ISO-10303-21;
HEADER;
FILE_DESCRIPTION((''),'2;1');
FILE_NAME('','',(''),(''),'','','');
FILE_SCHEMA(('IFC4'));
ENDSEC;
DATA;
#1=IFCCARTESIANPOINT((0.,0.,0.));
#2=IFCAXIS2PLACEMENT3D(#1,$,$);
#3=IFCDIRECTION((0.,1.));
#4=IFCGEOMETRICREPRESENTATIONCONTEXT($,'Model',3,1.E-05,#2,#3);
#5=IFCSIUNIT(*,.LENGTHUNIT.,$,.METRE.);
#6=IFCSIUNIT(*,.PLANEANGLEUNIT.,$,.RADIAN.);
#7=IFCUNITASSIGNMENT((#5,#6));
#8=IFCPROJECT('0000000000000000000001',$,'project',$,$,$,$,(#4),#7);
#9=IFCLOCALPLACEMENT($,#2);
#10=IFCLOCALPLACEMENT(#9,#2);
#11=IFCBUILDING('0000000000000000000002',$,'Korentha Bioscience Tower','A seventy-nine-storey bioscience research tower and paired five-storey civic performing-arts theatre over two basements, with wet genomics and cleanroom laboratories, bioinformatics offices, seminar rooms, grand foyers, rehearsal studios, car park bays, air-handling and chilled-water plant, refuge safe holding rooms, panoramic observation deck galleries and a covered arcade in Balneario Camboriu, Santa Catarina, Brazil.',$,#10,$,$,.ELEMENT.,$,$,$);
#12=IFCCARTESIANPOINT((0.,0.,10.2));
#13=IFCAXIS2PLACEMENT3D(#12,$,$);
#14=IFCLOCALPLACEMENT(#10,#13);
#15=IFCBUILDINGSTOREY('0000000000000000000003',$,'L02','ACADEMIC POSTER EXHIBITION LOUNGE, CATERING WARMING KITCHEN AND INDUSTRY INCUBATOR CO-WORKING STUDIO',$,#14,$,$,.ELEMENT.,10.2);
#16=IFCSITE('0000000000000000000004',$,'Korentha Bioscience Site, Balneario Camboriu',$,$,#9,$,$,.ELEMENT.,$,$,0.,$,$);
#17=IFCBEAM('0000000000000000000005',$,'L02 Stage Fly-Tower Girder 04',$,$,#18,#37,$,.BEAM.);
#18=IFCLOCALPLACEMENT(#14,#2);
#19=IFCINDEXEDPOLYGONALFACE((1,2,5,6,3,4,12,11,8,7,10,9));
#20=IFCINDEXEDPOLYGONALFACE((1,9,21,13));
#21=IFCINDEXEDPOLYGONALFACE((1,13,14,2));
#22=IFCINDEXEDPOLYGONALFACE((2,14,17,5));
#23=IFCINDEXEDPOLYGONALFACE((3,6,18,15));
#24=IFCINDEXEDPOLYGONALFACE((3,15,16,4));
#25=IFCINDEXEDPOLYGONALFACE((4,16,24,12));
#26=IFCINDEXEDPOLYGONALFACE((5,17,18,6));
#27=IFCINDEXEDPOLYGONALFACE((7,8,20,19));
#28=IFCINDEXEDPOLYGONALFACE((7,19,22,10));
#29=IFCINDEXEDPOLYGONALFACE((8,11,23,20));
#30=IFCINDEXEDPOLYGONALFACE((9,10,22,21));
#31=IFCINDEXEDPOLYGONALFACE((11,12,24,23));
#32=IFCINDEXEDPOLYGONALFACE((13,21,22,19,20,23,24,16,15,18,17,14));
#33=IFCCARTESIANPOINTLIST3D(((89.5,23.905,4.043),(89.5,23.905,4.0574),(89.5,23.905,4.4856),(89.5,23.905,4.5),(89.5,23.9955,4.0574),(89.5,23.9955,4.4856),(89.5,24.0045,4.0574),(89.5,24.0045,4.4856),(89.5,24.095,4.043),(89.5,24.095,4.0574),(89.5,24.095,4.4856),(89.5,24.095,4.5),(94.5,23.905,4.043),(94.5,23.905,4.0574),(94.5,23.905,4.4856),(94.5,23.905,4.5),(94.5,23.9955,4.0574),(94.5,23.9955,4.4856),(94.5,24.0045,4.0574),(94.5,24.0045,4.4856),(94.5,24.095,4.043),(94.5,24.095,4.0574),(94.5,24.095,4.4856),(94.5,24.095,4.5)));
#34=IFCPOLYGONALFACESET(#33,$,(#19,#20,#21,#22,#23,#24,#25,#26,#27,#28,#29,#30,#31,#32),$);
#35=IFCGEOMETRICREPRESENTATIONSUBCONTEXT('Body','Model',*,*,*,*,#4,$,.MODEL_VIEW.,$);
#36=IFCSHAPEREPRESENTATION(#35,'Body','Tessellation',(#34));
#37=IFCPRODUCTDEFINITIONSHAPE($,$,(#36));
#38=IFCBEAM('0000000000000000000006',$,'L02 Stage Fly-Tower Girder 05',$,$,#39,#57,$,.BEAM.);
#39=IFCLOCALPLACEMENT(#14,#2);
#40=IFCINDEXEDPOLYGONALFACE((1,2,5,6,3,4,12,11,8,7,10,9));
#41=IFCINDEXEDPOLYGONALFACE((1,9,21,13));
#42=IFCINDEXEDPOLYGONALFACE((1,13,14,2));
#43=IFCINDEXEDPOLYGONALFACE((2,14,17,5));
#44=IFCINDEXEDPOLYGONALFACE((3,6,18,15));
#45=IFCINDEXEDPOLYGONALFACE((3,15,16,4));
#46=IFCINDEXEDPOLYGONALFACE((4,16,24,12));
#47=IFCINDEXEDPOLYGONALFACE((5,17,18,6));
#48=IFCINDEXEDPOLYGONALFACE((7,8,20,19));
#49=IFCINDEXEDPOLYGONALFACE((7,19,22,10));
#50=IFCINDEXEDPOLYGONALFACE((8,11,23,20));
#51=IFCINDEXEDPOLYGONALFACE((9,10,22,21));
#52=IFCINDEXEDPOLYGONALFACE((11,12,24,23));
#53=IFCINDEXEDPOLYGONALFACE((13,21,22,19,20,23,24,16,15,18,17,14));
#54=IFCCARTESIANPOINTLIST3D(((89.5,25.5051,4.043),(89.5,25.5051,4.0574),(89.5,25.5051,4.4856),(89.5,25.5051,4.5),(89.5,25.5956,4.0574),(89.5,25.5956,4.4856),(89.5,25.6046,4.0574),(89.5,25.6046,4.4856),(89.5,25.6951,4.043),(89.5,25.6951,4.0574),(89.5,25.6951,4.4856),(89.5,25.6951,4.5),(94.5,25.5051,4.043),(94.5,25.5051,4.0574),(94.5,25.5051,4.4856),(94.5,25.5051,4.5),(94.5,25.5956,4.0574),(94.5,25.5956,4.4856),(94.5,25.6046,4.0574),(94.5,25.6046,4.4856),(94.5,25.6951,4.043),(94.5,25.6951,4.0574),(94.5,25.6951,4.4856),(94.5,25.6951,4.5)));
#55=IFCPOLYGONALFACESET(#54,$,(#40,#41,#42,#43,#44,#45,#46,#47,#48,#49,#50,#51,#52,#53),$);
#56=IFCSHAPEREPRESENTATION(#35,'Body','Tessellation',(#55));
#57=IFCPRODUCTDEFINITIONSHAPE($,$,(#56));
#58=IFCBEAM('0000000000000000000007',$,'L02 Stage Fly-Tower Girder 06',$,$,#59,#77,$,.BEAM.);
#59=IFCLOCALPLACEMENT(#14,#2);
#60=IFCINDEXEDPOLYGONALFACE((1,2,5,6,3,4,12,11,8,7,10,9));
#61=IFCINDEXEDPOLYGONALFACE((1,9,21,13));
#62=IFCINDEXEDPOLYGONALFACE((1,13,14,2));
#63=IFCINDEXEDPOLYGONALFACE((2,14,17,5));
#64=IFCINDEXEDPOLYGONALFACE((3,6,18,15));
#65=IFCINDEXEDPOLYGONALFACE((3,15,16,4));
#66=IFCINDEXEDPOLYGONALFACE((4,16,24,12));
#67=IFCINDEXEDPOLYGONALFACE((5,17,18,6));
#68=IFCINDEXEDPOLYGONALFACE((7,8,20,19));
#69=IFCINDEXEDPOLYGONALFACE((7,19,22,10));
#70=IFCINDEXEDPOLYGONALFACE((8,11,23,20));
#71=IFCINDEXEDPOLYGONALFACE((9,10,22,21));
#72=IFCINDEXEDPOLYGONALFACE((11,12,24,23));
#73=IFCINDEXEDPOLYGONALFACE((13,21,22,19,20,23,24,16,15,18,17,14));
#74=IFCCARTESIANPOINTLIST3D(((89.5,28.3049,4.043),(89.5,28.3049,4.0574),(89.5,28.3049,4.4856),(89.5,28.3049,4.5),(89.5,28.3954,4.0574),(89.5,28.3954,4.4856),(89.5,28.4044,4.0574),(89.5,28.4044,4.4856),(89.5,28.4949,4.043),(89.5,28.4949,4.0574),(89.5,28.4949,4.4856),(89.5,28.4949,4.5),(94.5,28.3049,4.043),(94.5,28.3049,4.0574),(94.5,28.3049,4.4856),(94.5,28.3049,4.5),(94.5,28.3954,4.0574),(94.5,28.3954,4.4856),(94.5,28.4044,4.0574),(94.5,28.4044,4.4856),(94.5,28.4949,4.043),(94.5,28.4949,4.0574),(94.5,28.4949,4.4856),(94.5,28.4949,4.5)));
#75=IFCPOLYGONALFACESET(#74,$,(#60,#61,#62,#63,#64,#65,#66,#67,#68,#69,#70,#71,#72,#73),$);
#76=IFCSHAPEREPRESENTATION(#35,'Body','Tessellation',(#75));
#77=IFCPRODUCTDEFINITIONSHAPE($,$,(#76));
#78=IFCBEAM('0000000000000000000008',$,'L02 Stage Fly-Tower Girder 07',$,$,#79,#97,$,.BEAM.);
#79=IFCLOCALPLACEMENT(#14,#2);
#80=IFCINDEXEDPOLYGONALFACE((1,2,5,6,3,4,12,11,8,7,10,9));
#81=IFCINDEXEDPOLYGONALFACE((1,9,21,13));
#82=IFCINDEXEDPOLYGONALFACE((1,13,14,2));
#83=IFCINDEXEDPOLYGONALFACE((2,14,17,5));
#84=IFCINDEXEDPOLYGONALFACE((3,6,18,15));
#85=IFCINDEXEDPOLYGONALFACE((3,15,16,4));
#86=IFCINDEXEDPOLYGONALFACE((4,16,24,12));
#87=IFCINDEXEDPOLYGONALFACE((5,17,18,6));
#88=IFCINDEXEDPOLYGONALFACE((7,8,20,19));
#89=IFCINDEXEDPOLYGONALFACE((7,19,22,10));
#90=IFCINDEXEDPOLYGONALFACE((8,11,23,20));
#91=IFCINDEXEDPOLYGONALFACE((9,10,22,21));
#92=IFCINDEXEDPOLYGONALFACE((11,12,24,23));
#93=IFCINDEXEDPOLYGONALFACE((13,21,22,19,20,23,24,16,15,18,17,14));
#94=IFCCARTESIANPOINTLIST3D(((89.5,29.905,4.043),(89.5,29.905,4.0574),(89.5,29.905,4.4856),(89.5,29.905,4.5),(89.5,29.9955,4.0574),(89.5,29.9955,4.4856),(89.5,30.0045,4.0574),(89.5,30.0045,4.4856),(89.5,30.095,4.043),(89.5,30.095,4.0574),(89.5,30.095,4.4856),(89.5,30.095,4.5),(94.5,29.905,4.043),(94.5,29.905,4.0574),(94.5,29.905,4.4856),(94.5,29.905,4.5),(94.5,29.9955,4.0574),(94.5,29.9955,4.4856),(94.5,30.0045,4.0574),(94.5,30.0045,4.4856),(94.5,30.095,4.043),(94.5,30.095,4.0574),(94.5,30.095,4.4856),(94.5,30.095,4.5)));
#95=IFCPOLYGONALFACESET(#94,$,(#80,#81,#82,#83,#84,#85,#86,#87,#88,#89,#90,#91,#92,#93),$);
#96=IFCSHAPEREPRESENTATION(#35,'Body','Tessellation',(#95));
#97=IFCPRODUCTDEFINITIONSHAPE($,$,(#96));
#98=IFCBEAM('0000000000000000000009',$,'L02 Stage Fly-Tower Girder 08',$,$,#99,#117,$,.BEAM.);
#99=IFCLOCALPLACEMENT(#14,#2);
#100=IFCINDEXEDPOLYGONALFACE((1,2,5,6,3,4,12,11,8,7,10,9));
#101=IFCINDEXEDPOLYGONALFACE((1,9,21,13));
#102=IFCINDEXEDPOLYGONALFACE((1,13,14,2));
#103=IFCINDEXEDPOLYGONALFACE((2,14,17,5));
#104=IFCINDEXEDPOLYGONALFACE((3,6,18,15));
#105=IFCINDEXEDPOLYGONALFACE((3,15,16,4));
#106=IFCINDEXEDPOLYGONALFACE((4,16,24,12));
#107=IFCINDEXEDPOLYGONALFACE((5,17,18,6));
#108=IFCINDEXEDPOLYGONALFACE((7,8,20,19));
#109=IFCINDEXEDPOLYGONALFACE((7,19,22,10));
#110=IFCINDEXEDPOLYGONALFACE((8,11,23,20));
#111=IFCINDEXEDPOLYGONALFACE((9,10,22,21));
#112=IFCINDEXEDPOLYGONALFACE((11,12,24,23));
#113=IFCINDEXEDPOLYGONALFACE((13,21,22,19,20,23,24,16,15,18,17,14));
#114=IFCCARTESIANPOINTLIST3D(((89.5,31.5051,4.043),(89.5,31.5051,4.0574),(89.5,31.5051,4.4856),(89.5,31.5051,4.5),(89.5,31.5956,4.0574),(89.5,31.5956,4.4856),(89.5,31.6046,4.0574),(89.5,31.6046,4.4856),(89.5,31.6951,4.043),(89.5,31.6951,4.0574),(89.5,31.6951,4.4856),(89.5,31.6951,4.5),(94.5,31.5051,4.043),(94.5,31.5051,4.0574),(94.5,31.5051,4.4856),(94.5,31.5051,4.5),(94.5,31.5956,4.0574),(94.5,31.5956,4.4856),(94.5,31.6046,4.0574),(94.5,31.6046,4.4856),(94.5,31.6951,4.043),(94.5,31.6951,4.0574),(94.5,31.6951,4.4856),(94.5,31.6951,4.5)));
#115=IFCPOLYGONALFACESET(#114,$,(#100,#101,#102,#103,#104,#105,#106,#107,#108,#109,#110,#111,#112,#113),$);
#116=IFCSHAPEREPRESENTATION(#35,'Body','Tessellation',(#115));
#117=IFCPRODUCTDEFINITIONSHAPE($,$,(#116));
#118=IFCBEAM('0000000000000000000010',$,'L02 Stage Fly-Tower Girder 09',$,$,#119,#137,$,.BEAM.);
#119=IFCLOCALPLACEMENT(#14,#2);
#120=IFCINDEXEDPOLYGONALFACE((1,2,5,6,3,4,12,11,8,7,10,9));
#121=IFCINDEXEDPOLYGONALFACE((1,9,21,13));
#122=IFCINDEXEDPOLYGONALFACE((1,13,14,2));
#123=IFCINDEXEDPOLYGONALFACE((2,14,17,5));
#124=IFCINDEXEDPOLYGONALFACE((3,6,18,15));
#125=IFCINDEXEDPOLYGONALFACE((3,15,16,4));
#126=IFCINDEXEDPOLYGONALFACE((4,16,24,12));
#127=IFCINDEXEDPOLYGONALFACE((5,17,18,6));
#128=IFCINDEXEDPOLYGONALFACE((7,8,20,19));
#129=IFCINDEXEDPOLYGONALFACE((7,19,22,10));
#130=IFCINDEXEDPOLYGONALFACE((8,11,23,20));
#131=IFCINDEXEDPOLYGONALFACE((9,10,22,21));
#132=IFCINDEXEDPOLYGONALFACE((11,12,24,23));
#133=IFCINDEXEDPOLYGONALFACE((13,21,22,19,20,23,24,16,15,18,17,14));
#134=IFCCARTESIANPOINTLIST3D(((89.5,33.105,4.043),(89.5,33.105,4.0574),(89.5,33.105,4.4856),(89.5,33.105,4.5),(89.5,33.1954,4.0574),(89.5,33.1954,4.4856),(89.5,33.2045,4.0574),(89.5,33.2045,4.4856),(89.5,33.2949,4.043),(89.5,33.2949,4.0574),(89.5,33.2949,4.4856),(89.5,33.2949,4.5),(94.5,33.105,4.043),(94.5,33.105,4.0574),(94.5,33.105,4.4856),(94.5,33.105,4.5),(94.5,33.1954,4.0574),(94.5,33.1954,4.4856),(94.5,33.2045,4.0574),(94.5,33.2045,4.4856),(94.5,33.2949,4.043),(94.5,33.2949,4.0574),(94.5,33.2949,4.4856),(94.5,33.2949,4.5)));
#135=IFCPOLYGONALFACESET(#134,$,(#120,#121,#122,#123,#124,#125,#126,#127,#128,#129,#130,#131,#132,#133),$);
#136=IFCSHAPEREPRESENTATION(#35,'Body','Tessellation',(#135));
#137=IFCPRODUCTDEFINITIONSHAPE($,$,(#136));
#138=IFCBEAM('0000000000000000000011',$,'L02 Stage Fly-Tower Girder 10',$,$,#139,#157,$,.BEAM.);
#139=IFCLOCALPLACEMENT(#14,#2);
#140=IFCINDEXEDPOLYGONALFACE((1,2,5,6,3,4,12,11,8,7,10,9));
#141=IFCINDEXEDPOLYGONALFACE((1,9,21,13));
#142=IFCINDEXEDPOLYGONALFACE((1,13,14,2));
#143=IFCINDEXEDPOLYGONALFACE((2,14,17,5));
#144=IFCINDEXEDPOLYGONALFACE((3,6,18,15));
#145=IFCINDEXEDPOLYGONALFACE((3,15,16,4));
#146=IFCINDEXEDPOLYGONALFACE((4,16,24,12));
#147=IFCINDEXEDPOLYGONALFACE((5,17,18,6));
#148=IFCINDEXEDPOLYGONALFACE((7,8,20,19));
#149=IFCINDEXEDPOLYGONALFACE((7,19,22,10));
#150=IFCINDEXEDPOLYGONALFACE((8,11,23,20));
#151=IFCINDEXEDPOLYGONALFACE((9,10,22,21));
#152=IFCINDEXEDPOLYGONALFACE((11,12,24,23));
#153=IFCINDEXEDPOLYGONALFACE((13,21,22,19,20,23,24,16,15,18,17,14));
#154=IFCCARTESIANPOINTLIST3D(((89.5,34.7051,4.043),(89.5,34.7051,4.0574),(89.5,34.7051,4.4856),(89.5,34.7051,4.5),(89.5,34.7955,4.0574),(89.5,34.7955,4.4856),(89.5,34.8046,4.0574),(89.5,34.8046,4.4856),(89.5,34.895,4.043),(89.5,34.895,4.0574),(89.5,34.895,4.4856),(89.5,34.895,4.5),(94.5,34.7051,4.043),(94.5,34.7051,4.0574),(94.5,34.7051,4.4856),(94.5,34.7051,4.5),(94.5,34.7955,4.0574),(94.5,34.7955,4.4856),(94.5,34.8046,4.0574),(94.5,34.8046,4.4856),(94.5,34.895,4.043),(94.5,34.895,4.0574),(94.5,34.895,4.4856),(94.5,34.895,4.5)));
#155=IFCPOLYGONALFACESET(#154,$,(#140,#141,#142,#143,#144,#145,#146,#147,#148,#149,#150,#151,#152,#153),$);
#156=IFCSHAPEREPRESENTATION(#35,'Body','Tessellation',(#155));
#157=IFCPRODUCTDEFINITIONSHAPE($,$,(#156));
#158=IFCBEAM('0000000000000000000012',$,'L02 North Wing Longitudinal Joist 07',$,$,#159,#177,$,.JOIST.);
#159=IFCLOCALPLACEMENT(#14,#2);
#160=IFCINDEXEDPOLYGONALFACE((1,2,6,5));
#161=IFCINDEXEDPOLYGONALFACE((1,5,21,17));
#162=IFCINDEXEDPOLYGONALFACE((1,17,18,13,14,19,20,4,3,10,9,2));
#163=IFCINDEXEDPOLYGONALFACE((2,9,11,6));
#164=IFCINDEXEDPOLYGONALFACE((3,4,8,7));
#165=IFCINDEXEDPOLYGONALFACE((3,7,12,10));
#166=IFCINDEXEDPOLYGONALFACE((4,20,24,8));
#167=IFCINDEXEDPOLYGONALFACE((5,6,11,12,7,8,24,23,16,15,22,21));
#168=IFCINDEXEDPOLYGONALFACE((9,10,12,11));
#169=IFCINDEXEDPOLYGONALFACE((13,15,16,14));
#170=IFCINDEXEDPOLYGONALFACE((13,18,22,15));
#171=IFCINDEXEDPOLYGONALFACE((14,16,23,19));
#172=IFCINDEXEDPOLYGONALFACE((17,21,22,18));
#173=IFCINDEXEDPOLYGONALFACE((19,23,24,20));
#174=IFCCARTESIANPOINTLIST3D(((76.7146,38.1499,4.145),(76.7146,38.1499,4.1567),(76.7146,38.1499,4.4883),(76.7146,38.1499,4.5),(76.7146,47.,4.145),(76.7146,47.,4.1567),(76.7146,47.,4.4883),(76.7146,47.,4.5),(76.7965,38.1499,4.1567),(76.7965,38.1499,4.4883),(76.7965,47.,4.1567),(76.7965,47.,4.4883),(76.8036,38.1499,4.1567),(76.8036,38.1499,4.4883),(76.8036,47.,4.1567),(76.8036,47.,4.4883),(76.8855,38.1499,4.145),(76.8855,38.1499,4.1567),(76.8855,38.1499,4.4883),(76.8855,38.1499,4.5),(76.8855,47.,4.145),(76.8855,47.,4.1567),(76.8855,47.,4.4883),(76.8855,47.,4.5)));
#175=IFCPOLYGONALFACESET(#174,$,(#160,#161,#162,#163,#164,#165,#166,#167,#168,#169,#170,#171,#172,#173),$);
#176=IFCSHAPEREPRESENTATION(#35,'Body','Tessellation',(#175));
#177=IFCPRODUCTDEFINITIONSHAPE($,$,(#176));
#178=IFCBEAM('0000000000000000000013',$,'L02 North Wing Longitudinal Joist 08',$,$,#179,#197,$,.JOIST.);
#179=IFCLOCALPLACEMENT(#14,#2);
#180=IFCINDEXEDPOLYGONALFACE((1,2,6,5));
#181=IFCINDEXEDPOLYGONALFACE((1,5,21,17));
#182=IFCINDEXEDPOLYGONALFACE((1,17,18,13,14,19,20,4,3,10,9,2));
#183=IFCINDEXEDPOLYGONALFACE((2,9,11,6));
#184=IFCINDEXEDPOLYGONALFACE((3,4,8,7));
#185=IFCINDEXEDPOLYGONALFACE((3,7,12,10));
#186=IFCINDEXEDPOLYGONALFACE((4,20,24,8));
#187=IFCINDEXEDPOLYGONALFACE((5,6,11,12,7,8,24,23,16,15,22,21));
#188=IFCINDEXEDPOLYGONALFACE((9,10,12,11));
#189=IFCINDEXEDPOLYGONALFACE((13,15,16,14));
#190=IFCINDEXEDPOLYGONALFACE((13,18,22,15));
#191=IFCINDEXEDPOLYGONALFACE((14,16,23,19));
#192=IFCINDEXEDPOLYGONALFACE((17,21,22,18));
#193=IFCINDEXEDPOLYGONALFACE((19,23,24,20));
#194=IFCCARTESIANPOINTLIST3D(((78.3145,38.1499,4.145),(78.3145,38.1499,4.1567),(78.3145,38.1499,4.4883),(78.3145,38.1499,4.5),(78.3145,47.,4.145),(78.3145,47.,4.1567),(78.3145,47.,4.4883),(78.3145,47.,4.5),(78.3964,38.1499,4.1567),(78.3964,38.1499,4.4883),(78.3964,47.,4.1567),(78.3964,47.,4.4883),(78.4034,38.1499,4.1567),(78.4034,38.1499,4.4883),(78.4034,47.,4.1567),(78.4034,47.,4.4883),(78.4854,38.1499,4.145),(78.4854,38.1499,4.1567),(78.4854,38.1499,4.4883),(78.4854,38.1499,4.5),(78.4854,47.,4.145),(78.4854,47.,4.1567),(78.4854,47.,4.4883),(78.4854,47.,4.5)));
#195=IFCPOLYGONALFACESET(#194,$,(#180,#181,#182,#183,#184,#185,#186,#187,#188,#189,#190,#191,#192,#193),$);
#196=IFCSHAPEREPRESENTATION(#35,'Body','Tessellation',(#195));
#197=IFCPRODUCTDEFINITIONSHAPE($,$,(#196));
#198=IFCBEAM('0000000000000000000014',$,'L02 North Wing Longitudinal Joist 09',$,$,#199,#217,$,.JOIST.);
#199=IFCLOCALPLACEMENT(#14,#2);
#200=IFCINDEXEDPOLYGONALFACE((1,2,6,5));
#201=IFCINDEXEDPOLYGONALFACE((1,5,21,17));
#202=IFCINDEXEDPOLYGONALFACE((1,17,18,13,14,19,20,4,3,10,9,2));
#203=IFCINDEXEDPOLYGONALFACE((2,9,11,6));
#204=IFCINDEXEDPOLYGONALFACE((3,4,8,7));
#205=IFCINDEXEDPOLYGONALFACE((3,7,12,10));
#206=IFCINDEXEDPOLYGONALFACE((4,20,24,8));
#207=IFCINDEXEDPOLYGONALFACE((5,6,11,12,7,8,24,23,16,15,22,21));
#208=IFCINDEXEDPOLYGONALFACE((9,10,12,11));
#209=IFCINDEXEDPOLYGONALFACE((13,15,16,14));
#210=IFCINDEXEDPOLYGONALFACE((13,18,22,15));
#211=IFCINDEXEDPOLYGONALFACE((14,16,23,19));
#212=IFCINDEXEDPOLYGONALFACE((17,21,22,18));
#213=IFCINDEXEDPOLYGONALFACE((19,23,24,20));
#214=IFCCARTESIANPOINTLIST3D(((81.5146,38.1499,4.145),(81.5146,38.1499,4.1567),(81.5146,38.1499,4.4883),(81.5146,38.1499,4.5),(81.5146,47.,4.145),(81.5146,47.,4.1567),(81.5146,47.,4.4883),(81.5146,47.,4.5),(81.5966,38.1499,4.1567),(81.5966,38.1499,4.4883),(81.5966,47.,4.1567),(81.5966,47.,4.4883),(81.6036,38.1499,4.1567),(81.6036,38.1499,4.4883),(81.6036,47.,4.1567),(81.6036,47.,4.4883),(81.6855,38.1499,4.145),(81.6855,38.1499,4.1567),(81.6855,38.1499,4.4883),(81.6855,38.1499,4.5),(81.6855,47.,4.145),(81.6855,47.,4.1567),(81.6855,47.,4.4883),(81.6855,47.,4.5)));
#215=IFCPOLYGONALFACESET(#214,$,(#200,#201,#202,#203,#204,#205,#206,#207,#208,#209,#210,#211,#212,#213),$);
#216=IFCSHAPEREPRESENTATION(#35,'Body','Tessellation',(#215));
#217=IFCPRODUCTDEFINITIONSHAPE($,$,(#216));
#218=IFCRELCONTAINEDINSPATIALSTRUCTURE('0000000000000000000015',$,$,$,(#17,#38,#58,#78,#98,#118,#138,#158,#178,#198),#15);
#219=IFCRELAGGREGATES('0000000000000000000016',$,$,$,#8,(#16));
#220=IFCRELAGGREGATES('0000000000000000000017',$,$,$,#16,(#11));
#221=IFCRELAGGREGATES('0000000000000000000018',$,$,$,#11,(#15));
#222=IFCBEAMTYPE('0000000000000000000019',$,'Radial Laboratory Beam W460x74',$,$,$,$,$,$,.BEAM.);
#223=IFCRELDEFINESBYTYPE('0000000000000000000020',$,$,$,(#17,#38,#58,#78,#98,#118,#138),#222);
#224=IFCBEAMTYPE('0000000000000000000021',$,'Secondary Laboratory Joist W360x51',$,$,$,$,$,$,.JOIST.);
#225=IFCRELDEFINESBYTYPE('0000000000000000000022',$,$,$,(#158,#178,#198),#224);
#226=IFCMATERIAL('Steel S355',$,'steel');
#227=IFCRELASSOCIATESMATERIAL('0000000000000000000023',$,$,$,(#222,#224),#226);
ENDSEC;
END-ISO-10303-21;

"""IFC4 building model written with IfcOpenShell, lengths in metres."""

from ifc_helpers import new_model, si_unit, direction, frame, origin, origin_2d, place, context, subcontext, project, spatial, i_section, extrude, material, material_profile, profile_set, type_object, element, save


model = new_model("IFC4")

# Units and contexts
model_context = context("Model", 3, precision=1e-05, world=origin(), true_north=direction((0.0, 1.0)))
body_context = subcontext(model_context, "Body", "Model", "MODEL_VIEW")
ifc_project = project(units=[si_unit("LENGTHUNIT", "METRE"), si_unit("PLANEANGLEUNIT", "RADIAN")], contexts=[model_context])

# Site, building, storey
site_placement = place(None, origin())
site = spatial("IfcSite", under=ifc_project, at=site_placement, Name="Korentha Bioscience Site, Balneario Camboriu", CompositionType="ELEMENT", RefElevation=0.0)
building_placement = place(site_placement, origin())
building = spatial("IfcBuilding", under=site, at=building_placement, Name="Korentha Bioscience Tower", Description="A seventy-nine-storey bioscience research tower and paired five-storey civic performing-arts theatre over two basements, with wet genomics and cleanroom laboratories, bioinformatics offices, seminar rooms, grand foyers, rehearsal studios, car park bays, air-handling and chilled-water plant, refuge safe holding rooms, panoramic observation deck galleries and a covered arcade in Balneario Camboriu, Santa Catarina, Brazil.", CompositionType="ELEMENT")
storey_placement = place(building_placement, frame((0.0, 0.0, 10.2)))
storey = spatial("IfcBuildingStorey", under=building, at=storey_placement, Name="L02", Description="ACADEMIC POSTER EXHIBITION LOUNGE, CATERING WARMING KITCHEN AND INDUSTRY INCUBATOR CO-WORKING STUDIO", CompositionType="ELEMENT", Elevation=10.2)

# Shared definitions
ifc_material_1 = material(Name="Steel S355", Category="steel")

# Beams
ifc_material_profile_1 = material_profile(ifc_material_1, i_section(OverallWidth=0.1899, OverallDepth=0.457, WebThickness=0.009, FlangeThickness=0.0144, at=origin_2d()), Name="Steel S355")
ifc_profile_set_1 = profile_set([ifc_material_profile_1], Name="Steel S355 (RB-460)")
beam_type_1 = type_object("IfcBeamType", Name="Radial Laboratory Beam W460x74", PredefinedType="BEAM", material=ifc_profile_set_1)
for number, where, z_axis, x_axis, name in (
    (1, (89.5, 24.0, 4.2715), (1.0, 0.0, 0.0), (0.0, 1.0, 0.0), "L02 Stage Fly-Tower Girder 04"),
    (2, (89.5, 25.6001, 4.2715), (1.0, 0.0, 0.0), (0.0, 1.0, 0.0), "L02 Stage Fly-Tower Girder 05"),
    (3, (89.5, 28.3999, 4.2715), (1.0, 0.0, 0.0), (0.0, 1.0, 0.0), "L02 Stage Fly-Tower Girder 06"),
    (4, (89.5, 30.0, 4.2715), (1.0, 0.0, 0.0), (0.0, 1.0, 0.0), "L02 Stage Fly-Tower Girder 07"),
    (5, (89.5, 31.6001, 4.2715), (1.0, 0.0, 0.0), (0.0, 1.0, 0.0), "L02 Stage Fly-Tower Girder 08"),
    (6, (89.5, 33.2, 4.2715), (1.0, 0.0, 0.0), (0.0, 1.0, 0.0), "L02 Stage Fly-Tower Girder 09"),
    (7, (89.5, 34.8, 4.2715), (1.0, 0.0, 0.0), (0.0, 1.0, 0.0), "L02 Stage Fly-Tower Girder 10"),
):
    element("IfcBeam", number, at=place(storey_placement, frame(where, z_axis=z_axis, x_axis=x_axis)), inside=storey, type_object=beam_type_1, Name=name, PredefinedType="BEAM", context=body_context, shape_type="SweptSolid", body=[
        extrude(i_section(OverallWidth=0.1899, OverallDepth=0.457, WebThickness=0.009, FlangeThickness=0.0144, at=origin_2d()), origin(), (0.0, 0.0, 1.0), 5.0),
    ])
ifc_material_profile_2 = material_profile(ifc_material_1, i_section(OverallWidth=0.1709, OverallDepth=0.355, WebThickness=0.0071, FlangeThickness=0.0117, at=origin_2d()), Name="Steel S355")
ifc_profile_set_2 = profile_set([ifc_material_profile_2], Name="Steel S355 (JB-360)")
beam_type_2 = type_object("IfcBeamType", Name="Secondary Laboratory Joist W360x51", PredefinedType="JOIST", material=ifc_profile_set_2)
for number, where, z_axis, x_axis, name in (
    (8, (76.8, 38.1499, 4.3225), (0.0, 1.0, 0.0), (-1.0, 0.0, 0.0), "L02 North Wing Longitudinal Joist 07"),
    (9, (78.3999, 38.1499, 4.3225), (0.0, 1.0, 0.0), (-1.0, 0.0, 0.0), "L02 North Wing Longitudinal Joist 08"),
    (10, (81.6001, 38.1499, 4.3225), (0.0, 1.0, 0.0), (-1.0, 0.0, 0.0), "L02 North Wing Longitudinal Joist 09"),
):
    element("IfcBeam", number, at=place(storey_placement, frame(where, z_axis=z_axis, x_axis=x_axis)), inside=storey, type_object=beam_type_2, Name=name, PredefinedType="JOIST", context=body_context, shape_type="SweptSolid", body=[
        extrude(i_section(OverallWidth=0.1709, OverallDepth=0.355, WebThickness=0.0071, FlangeThickness=0.0117, at=origin_2d()), origin(), (0.0, 0.0, 1.0), 8.8501),
    ])

save(model, "model.ifc")
